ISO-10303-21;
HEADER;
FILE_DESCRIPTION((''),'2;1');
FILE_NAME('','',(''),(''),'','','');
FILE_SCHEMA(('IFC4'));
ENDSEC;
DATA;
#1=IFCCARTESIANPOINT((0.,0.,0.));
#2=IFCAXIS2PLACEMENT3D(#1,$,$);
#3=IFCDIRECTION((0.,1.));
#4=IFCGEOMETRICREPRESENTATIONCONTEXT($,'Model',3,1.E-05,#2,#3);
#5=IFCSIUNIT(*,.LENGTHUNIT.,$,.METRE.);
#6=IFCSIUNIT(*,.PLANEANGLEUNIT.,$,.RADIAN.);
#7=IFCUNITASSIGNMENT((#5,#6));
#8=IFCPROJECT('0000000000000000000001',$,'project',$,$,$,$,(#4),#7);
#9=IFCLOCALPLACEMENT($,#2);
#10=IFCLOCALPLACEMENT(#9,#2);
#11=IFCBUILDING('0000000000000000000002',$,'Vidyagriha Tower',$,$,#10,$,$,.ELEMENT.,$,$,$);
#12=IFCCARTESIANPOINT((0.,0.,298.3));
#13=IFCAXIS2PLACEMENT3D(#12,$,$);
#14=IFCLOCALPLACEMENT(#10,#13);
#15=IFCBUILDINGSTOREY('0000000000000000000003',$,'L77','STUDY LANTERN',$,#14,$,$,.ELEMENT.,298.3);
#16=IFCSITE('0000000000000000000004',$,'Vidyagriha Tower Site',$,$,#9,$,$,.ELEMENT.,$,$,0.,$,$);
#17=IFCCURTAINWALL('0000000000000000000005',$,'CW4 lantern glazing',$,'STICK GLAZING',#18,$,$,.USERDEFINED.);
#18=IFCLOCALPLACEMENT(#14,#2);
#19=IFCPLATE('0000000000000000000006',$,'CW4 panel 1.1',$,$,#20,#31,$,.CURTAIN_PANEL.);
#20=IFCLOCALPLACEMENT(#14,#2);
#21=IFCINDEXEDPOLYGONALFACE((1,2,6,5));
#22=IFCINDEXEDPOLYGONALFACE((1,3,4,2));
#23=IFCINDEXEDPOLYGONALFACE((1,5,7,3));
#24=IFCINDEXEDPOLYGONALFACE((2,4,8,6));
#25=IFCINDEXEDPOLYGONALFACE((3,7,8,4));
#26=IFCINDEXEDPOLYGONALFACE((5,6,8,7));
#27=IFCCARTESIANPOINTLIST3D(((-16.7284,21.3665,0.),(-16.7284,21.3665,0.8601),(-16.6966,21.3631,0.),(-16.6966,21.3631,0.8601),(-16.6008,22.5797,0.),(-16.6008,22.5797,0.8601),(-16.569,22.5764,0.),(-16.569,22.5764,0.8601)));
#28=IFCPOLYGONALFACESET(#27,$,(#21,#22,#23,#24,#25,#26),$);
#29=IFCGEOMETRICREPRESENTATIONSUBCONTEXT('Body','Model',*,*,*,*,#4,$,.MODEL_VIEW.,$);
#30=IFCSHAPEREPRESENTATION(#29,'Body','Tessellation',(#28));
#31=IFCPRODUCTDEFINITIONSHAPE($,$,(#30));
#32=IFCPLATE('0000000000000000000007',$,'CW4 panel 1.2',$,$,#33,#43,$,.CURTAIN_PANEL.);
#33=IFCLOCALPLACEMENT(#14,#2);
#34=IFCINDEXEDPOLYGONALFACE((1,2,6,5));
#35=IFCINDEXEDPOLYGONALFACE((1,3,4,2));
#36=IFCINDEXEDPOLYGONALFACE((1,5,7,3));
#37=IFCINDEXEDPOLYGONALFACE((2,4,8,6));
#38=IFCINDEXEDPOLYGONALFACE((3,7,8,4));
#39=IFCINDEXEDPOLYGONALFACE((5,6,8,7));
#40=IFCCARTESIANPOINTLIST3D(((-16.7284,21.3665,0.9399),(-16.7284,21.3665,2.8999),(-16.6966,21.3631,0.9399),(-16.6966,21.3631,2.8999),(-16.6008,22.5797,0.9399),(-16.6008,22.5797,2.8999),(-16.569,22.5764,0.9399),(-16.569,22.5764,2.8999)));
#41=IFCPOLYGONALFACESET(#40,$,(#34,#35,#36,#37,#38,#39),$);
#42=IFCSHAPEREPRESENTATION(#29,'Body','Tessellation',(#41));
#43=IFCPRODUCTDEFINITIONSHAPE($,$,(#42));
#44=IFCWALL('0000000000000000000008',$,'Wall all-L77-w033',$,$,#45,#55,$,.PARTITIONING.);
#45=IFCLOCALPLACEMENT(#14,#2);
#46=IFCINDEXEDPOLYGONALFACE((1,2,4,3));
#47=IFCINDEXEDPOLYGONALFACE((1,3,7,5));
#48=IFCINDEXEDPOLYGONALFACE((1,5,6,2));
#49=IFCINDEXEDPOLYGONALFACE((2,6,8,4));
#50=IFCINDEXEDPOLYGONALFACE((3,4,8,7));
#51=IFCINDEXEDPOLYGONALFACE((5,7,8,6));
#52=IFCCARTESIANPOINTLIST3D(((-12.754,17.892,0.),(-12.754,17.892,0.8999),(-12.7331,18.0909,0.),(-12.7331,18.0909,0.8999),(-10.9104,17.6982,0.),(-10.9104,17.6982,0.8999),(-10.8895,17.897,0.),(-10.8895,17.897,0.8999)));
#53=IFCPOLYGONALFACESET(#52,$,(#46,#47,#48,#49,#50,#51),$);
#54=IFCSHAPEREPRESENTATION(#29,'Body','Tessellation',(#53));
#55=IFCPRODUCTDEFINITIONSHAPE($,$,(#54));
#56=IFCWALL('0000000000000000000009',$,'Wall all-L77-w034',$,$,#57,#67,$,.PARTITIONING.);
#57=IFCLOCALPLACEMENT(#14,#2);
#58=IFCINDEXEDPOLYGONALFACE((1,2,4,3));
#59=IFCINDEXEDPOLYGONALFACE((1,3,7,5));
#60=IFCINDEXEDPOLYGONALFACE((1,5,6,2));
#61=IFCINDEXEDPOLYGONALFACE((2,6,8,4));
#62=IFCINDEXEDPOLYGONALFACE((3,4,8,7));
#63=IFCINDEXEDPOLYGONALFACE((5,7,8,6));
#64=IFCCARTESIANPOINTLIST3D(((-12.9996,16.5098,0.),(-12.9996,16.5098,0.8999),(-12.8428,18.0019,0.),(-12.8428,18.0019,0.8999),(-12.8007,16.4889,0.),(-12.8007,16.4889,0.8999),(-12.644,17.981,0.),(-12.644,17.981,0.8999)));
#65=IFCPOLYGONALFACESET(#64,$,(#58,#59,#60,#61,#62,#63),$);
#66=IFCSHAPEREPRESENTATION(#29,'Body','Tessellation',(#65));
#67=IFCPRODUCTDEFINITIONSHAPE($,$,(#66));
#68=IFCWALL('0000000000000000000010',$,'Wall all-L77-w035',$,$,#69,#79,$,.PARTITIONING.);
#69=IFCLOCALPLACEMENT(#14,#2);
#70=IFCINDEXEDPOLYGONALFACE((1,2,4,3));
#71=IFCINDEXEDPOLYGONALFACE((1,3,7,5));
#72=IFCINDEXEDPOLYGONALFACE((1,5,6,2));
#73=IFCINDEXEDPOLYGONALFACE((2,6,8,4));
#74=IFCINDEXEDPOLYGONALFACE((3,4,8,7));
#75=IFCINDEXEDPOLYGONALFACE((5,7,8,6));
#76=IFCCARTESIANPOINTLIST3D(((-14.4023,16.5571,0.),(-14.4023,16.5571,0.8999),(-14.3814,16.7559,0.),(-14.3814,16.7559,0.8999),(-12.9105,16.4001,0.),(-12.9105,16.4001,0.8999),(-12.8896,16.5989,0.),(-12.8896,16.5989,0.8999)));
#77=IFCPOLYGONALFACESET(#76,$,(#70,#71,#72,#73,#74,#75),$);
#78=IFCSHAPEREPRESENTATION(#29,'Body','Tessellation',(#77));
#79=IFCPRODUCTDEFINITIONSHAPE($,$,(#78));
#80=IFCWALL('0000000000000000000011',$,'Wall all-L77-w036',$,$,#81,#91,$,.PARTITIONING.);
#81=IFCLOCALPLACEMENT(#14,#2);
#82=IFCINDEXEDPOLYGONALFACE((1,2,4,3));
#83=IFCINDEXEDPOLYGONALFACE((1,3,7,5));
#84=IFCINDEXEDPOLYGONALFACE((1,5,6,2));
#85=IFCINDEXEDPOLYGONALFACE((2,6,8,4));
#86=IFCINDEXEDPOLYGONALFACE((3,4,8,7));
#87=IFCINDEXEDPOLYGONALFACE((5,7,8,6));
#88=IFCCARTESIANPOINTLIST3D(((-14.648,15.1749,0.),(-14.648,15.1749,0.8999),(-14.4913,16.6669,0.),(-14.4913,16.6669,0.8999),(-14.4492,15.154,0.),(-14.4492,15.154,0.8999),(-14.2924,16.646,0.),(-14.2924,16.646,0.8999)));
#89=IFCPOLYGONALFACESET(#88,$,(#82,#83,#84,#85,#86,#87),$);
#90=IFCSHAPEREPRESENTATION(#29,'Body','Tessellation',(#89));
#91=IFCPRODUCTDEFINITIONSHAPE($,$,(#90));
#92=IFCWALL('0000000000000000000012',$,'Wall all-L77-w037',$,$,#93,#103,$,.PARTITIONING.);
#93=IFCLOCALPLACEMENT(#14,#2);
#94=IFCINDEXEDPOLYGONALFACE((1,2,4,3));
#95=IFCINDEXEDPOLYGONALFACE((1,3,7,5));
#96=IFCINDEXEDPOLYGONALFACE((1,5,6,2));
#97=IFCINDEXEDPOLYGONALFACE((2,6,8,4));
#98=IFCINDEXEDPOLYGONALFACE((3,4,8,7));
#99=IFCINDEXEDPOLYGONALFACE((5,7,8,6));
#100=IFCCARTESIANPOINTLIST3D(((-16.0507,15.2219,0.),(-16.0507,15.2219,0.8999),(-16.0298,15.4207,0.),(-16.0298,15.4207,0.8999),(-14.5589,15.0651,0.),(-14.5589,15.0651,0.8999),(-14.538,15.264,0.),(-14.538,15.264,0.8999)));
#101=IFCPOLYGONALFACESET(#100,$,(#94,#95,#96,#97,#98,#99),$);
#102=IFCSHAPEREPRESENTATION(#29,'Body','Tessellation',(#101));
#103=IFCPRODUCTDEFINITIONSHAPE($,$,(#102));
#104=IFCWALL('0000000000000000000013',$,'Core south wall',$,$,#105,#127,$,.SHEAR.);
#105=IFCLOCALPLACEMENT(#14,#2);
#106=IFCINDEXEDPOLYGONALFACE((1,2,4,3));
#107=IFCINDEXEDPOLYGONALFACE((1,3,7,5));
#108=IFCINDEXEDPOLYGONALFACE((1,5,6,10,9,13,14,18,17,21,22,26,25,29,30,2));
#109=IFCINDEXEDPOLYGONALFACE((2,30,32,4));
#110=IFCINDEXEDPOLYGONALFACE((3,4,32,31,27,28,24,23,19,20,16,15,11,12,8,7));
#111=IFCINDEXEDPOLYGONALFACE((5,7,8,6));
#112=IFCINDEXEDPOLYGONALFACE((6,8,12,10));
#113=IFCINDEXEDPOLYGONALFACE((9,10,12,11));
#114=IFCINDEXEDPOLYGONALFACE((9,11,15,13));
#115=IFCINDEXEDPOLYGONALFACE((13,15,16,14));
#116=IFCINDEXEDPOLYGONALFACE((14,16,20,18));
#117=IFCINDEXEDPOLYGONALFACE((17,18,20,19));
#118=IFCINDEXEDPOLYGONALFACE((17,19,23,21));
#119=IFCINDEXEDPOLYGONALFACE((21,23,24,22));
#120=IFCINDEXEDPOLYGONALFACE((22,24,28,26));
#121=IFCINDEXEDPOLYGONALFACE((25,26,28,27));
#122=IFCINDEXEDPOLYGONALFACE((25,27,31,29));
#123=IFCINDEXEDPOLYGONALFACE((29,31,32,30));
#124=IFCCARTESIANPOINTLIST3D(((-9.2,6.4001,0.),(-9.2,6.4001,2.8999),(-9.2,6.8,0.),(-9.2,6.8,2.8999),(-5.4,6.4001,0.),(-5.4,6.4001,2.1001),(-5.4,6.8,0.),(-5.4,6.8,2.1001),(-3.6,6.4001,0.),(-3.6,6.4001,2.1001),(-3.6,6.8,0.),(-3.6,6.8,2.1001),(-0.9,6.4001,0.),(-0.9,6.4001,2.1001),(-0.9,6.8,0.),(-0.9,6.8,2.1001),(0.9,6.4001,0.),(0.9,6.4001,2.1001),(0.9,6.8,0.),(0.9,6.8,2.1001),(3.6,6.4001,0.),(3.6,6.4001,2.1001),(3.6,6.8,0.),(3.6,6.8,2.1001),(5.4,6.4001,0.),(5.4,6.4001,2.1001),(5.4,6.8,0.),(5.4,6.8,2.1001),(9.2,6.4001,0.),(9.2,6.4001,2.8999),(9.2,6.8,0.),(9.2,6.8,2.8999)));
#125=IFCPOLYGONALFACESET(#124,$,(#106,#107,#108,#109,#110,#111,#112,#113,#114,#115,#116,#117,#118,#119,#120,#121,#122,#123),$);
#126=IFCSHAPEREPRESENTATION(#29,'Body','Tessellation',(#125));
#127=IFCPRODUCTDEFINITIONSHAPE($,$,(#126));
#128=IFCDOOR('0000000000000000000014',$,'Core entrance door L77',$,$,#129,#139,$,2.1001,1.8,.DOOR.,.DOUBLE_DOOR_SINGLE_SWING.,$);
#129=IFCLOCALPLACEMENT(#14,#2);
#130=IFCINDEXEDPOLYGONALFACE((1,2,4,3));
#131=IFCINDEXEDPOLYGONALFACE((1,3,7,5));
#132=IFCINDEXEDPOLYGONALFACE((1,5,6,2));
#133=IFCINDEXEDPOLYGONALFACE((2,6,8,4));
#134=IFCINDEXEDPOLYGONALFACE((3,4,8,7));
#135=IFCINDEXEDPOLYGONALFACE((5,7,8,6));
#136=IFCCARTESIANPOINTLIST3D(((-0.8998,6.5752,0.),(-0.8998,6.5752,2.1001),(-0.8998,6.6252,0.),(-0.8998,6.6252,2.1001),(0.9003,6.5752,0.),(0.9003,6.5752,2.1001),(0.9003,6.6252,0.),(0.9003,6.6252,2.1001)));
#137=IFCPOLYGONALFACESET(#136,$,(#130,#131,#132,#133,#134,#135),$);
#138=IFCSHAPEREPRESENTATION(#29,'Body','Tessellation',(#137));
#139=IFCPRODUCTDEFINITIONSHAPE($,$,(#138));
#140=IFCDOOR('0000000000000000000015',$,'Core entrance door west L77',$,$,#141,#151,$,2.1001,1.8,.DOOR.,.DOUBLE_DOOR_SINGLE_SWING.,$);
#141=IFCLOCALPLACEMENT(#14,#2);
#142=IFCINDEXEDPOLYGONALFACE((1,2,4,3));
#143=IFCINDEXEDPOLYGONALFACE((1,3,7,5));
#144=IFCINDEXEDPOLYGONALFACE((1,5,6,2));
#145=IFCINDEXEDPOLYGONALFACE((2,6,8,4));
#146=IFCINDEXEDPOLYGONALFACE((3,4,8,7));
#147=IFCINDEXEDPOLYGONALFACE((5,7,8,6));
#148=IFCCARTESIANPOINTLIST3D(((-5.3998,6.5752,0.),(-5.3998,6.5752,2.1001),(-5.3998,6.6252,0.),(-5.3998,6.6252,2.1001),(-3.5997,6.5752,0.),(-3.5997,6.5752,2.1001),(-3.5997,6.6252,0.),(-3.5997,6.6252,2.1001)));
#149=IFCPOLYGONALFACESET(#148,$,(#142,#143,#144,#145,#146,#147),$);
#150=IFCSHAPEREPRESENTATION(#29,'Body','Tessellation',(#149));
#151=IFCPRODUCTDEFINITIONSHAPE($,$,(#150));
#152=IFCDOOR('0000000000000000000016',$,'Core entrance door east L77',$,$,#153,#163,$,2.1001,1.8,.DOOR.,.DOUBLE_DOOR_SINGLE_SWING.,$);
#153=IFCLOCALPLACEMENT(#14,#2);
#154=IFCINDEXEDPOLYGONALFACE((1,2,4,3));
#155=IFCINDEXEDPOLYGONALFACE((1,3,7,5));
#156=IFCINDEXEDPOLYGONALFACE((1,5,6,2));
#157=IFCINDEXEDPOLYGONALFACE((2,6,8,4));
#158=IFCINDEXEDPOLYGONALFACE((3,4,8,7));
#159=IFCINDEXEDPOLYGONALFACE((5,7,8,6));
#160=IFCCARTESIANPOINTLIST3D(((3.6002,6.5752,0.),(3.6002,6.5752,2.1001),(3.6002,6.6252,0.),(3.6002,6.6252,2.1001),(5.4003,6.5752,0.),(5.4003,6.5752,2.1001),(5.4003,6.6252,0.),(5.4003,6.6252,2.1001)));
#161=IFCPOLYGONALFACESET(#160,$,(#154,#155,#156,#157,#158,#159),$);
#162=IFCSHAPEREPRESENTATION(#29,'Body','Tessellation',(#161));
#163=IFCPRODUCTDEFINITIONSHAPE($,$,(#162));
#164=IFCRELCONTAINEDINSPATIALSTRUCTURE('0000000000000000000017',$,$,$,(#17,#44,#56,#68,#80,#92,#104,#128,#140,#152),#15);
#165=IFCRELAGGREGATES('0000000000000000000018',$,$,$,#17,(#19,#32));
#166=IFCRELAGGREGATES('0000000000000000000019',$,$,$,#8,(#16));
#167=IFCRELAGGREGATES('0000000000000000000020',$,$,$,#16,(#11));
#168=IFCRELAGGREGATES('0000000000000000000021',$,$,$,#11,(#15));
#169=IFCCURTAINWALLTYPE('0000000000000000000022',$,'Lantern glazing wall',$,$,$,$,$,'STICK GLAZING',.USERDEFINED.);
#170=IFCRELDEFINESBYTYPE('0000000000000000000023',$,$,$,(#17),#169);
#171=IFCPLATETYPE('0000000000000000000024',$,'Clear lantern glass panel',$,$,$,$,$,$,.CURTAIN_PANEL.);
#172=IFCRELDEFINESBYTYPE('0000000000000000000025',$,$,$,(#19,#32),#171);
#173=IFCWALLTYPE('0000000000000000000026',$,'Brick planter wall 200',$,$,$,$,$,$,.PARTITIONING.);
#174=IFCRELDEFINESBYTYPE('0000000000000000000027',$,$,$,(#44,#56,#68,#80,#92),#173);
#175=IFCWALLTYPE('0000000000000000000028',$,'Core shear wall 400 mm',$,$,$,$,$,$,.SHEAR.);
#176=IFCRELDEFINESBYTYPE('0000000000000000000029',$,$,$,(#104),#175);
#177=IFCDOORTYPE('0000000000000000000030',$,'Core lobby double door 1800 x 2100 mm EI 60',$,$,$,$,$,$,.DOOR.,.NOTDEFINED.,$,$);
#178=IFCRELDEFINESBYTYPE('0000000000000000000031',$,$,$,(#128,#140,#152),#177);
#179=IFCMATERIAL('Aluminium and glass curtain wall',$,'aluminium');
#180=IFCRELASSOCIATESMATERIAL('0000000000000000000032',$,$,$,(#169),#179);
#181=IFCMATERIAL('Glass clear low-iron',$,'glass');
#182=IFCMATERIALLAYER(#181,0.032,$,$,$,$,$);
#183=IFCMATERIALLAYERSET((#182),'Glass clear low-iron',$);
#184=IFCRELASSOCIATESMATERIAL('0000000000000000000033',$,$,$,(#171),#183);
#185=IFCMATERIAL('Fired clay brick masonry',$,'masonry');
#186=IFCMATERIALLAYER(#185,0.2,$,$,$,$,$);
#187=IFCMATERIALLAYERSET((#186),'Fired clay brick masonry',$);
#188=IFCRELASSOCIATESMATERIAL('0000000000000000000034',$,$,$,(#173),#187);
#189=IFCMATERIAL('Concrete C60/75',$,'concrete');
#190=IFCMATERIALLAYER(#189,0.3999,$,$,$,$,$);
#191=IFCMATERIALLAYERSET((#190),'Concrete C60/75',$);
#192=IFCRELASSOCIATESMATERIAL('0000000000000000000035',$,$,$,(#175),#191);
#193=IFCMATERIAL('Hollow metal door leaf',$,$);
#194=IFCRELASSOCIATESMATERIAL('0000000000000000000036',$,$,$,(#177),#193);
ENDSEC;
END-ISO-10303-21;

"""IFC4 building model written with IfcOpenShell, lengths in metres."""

from ifc_helpers import new_model, si_unit, direction, frame, frame_2d, origin, origin_2d, place, context, subcontext, project, spatial, rectangle, extrude, material, layer, layer_set, type_object, element, fill, aggregate, save


model = new_model("IFC4")

# Units and contexts
model_context = context("Model", 3, precision=1e-05, world=origin(), true_north=direction((0.0, 1.0)))
body_context = subcontext(model_context, "Body", "Model", "MODEL_VIEW")
ifc_project = project(units=[si_unit("LENGTHUNIT", "METRE"), si_unit("PLANEANGLEUNIT", "RADIAN")], contexts=[model_context])

# Site, building, storey
site_placement = place(None, origin())
site = spatial("IfcSite", under=ifc_project, at=site_placement, Name="Vidyagriha Tower Site", CompositionType="ELEMENT", RefElevation=0.0)
building_placement = place(site_placement, origin())
building = spatial("IfcBuilding", under=site, at=building_placement, Name="Vidyagriha Tower", CompositionType="ELEMENT")
storey_placement = place(building_placement, frame((0.0, 0.0, 298.3)))
storey = spatial("IfcBuildingStorey", under=building, at=storey_placement, Name="L77", Description="STUDY LANTERN", CompositionType="ELEMENT", Elevation=298.3)

# Shared definitions
ifc_material_1 = material(Name="Aluminium and glass curtain wall", Category="aluminium")
curtain_wall_type = type_object("IfcCurtainWallType", Name="Lantern glazing wall", ElementType="STICK GLAZING", PredefinedType="USERDEFINED", material=ifc_material_1)

# Curtain wall
curtain_wall_1_placement = place(storey_placement, origin())
curtain_wall_1 = element("IfcCurtainWall", 1, at=curtain_wall_1_placement, inside=storey, type_object=curtain_wall_type, Name="CW4 lantern glazing", ObjectType="STICK GLAZING", PredefinedType="USERDEFINED")

# Plates
ifc_material_2 = material(Name="Glass clear low-iron", Category="glass")
ifc_layer_1 = layer(ifc_material_2, 0.032)
ifc_layer_set_1 = layer_set([ifc_layer_1], Name="Glass clear low-iron")
plate_type = type_object("IfcPlateType", Name="Clear lantern glass panel", PredefinedType="CURTAIN_PANEL", material=ifc_layer_set_1)
plate_1_placement = place(storey_placement, frame((-16.6487, 21.9714, 0.0), z_axis=(0.0, 0.0, 1.0), x_axis=(-0.104549, -0.99452, 0.0)))
plate_1 = element("IfcPlate", 2, at=plate_1_placement, type_object=plate_type, Name="CW4 panel 1.1", PredefinedType="CURTAIN_PANEL", context=body_context, shape_type="SweptSolid", body=[
    extrude(rectangle(XDim=1.22, YDim=0.032, at=origin_2d()), origin(), (0.0, 0.0, 1.0), 0.8601),
])
plate_2_placement = place(storey_placement, frame((-16.6487, 21.9714, 0.9399), z_axis=(0.0, 0.0, 1.0), x_axis=(-0.104549, -0.99452, 0.0)))
plate_2 = element("IfcPlate", 3, at=plate_2_placement, type_object=plate_type, Name="CW4 panel 1.2", PredefinedType="CURTAIN_PANEL", context=body_context, shape_type="SweptSolid", body=[
    extrude(rectangle(XDim=1.22, YDim=0.032, at=origin_2d()), origin(), (0.0, 0.0, 1.0), 1.96),
])
aggregate(curtain_wall_1, [plate_1, plate_2])

# Walls
ifc_material_3 = material(Name="Fired clay brick masonry", Category="masonry")
ifc_layer_2 = layer(ifc_material_3, 0.2)
ifc_layer_set_2 = layer_set([ifc_layer_2], Name="Fired clay brick masonry")
wall_type_1 = type_object("IfcWallType", Name="Brick planter wall 200", PredefinedType="PARTITIONING", material=ifc_layer_set_2)
wall_1_placement = place(storey_placement, frame((-12.7434, 17.9915, 0.0), z_axis=(0.0, 0.0, 1.0), x_axis=(0.994517, -0.104575, 0.0)))
element("IfcWall", 4, at=wall_1_placement, inside=storey, type_object=wall_type_1, Name="Wall all-L77-w033", PredefinedType="PARTITIONING", context=body_context, shape_type="SweptSolid", body=[
    extrude(rectangle(XDim=1.8538, YDim=0.2, at=frame_2d((0.9268, 0.0))), origin(), (0.0, 0.0, 1.0), 0.8999),
])
wall_2_placement = place(storey_placement, frame((-12.9001, 16.4995, 0.0), z_axis=(0.0, 0.0, 1.0), x_axis=(0.104481, 0.994527, 0.0)))
element("IfcWall", 5, at=wall_2_placement, inside=storey, type_object=wall_type_1, Name="Wall all-L77-w034", PredefinedType="PARTITIONING", context=body_context, shape_type="SweptSolid", body=[
    extrude(rectangle(XDim=1.5002, YDim=0.2, at=frame_2d((0.75, 0.0))), origin(), (0.0, 0.0, 1.0), 0.8999),
])
wall_3_placement = place(storey_placement, frame((-14.3918, 16.6565, 0.0), z_axis=(0.0, 0.0, 1.0), x_axis=(0.994508, -0.104659, 0.0)))
element("IfcWall", 6, at=wall_3_placement, inside=storey, type_object=wall_type_1, Name="Wall all-L77-w035", PredefinedType="PARTITIONING", context=body_context, shape_type="SweptSolid", body=[
    extrude(rectangle(XDim=1.5, YDim=0.2, at=frame_2d((0.75, 0.0))), origin(), (0.0, 0.0, 1.0), 0.8999),
])
wall_4_placement = place(storey_placement, frame((-14.5486, 15.1646, 0.0), z_axis=(0.0, 0.0, 1.0), x_axis=(0.104481, 0.994527, 0.0)))
element("IfcWall", 7, at=wall_4_placement, inside=storey, type_object=wall_type_1, Name="Wall all-L77-w036", PredefinedType="PARTITIONING", context=body_context, shape_type="SweptSolid", body=[
    extrude(rectangle(XDim=1.5002, YDim=0.2, at=frame_2d((0.75, 0.0))), origin(), (0.0, 0.0, 1.0), 0.8999),
])
wall_5_placement = place(storey_placement, frame((-16.0403, 15.3213, 0.0), z_axis=(0.0, 0.0, 1.0), x_axis=(0.994525, -0.104498, 0.0)))
element("IfcWall", 8, at=wall_5_placement, inside=storey, type_object=wall_type_1, Name="Wall all-L77-w037", PredefinedType="PARTITIONING", context=body_context, shape_type="SweptSolid", body=[
    extrude(rectangle(XDim=1.5, YDim=0.2, at=frame_2d((0.75, 0.0))), origin(), (0.0, 0.0, 1.0), 0.8999),
])

# Wall, openings, doors
ifc_material_4 = material(Name="Concrete C60/75", Category="concrete")
ifc_layer_3 = layer(ifc_material_4, 0.3999)
ifc_layer_set_3 = layer_set([ifc_layer_3], Name="Concrete C60/75")
wall_type_2 = type_object("IfcWallType", Name="Core shear wall 400 mm", PredefinedType="SHEAR", material=ifc_layer_set_3)
wall_6_placement = place(storey_placement, frame((-9.2, 6.6001, 0.0)))
wall_6 = element("IfcWall", 9, at=wall_6_placement, inside=storey, type_object=wall_type_2, Name="Core south wall", PredefinedType="SHEAR", context=body_context, shape_type="SweptSolid", body=[
    extrude(rectangle(XDim=18.3999, YDim=0.3999, at=frame_2d((9.2, 0.0))), origin(), (0.0, 0.0, 1.0), 2.8999),
])
opening_1_placement = place(wall_6_placement, frame((8.3, 0.0, 0.0)))
opening_1 = element("IfcOpeningElement", 10, at=opening_1_placement, cuts=wall_6, PredefinedType="OPENING", context=body_context, shape_type="SweptSolid", body=[
    extrude(rectangle(XDim=1.8, YDim=2.1001, at=frame_2d((0.8999, 1.05))), frame((0.0, 0.21, 0.0), z_axis=(0.0, -1.0, 0.0), x_axis=(1.0, 0.0, 0.0)), (0.0, 0.0, 1.0), 0.4199),
])
opening_2_placement = place(wall_6_placement, frame((3.8, 0.0, 0.0)))
opening_2 = element("IfcOpeningElement", 11, at=opening_2_placement, cuts=wall_6, PredefinedType="OPENING", context=body_context, shape_type="SweptSolid", body=[
    extrude(rectangle(XDim=1.8, YDim=2.1001, at=frame_2d((0.8999, 1.05))), frame((0.0, 0.21, 0.0), z_axis=(0.0, -1.0, 0.0), x_axis=(1.0, 0.0, 0.0)), (0.0, 0.0, 1.0), 0.4199),
])
opening_3_placement = place(wall_6_placement, frame((12.8, 0.0, 0.0)))
opening_3 = element("IfcOpeningElement", 12, at=opening_3_placement, cuts=wall_6, PredefinedType="OPENING", context=body_context, shape_type="SweptSolid", body=[
    extrude(rectangle(XDim=1.8, YDim=2.1001, at=frame_2d((0.8999, 1.05))), frame((0.0, 0.21, 0.0), z_axis=(0.0, -1.0, 0.0), x_axis=(1.0, 0.0, 0.0)), (0.0, 0.0, 1.0), 0.4199),
])
ifc_material_5 = material(Name="Hollow metal door leaf")
door_type_1 = type_object("IfcDoorType", Name="Core lobby double door 1800 x 2100 mm EI 60", OperationType="NOTDEFINED", PredefinedType="DOOR", material=ifc_material_5)
door_1_placement = place(opening_1_placement, frame((1.8, 0.0, 0.0), z_axis=(0.0, 0.0, 1.0), x_axis=(-1.0, 0.0, 0.0)))
door_1 = element("IfcDoor", 13, at=door_1_placement, inside=storey, type_object=door_type_1, Name="Core entrance door L77", OperationType="DOUBLE_DOOR_SINGLE_SWING", OverallHeight=2.1001, OverallWidth=1.8, PredefinedType="DOOR", context=body_context, shape_type="SweptSolid", body=[
    extrude(rectangle(XDim=1.8, YDim=2.1001, at=frame_2d((0.8999, 1.05))), frame((0.0, 0.0249, 0.0), z_axis=(0.0, -1.0, 0.0), x_axis=(1.0, 0.0, 0.0)), (0.0, 0.0, 1.0), 0.05),
])
fill(opening_1, door_1)
door_2_placement = place(opening_2_placement, frame((1.8, 0.0, 0.0), z_axis=(0.0, 0.0, 1.0), x_axis=(-1.0, 0.0, 0.0)))
door_2 = element("IfcDoor", 14, at=door_2_placement, inside=storey, type_object=door_type_1, Name="Core entrance door west L77", OperationType="DOUBLE_DOOR_SINGLE_SWING", OverallHeight=2.1001, OverallWidth=1.8, PredefinedType="DOOR", context=body_context, shape_type="SweptSolid", body=[
    extrude(rectangle(XDim=1.8, YDim=2.1001, at=frame_2d((0.8999, 1.05))), frame((0.0, 0.0249, 0.0), z_axis=(0.0, -1.0, 0.0), x_axis=(1.0, 0.0, 0.0)), (0.0, 0.0, 1.0), 0.05),
])
fill(opening_2, door_2)
door_3_placement = place(opening_3_placement, frame((1.8, 0.0, 0.0), z_axis=(0.0, 0.0, 1.0), x_axis=(-1.0, 0.0, 0.0)))
door_3 = element("IfcDoor", 15, at=door_3_placement, inside=storey, type_object=door_type_1, Name="Core entrance door east L77", OperationType="DOUBLE_DOOR_SINGLE_SWING", OverallHeight=2.1001, OverallWidth=1.8, PredefinedType="DOOR", context=body_context, shape_type="SweptSolid", body=[
    extrude(rectangle(XDim=1.8, YDim=2.1001, at=frame_2d((0.8999, 1.05))), frame((0.0, 0.0249, 0.0), z_axis=(0.0, -1.0, 0.0), x_axis=(1.0, 0.0, 0.0)), (0.0, 0.0, 1.0), 0.05),
])
fill(opening_3, door_3)

save(model, "model.ifc")
